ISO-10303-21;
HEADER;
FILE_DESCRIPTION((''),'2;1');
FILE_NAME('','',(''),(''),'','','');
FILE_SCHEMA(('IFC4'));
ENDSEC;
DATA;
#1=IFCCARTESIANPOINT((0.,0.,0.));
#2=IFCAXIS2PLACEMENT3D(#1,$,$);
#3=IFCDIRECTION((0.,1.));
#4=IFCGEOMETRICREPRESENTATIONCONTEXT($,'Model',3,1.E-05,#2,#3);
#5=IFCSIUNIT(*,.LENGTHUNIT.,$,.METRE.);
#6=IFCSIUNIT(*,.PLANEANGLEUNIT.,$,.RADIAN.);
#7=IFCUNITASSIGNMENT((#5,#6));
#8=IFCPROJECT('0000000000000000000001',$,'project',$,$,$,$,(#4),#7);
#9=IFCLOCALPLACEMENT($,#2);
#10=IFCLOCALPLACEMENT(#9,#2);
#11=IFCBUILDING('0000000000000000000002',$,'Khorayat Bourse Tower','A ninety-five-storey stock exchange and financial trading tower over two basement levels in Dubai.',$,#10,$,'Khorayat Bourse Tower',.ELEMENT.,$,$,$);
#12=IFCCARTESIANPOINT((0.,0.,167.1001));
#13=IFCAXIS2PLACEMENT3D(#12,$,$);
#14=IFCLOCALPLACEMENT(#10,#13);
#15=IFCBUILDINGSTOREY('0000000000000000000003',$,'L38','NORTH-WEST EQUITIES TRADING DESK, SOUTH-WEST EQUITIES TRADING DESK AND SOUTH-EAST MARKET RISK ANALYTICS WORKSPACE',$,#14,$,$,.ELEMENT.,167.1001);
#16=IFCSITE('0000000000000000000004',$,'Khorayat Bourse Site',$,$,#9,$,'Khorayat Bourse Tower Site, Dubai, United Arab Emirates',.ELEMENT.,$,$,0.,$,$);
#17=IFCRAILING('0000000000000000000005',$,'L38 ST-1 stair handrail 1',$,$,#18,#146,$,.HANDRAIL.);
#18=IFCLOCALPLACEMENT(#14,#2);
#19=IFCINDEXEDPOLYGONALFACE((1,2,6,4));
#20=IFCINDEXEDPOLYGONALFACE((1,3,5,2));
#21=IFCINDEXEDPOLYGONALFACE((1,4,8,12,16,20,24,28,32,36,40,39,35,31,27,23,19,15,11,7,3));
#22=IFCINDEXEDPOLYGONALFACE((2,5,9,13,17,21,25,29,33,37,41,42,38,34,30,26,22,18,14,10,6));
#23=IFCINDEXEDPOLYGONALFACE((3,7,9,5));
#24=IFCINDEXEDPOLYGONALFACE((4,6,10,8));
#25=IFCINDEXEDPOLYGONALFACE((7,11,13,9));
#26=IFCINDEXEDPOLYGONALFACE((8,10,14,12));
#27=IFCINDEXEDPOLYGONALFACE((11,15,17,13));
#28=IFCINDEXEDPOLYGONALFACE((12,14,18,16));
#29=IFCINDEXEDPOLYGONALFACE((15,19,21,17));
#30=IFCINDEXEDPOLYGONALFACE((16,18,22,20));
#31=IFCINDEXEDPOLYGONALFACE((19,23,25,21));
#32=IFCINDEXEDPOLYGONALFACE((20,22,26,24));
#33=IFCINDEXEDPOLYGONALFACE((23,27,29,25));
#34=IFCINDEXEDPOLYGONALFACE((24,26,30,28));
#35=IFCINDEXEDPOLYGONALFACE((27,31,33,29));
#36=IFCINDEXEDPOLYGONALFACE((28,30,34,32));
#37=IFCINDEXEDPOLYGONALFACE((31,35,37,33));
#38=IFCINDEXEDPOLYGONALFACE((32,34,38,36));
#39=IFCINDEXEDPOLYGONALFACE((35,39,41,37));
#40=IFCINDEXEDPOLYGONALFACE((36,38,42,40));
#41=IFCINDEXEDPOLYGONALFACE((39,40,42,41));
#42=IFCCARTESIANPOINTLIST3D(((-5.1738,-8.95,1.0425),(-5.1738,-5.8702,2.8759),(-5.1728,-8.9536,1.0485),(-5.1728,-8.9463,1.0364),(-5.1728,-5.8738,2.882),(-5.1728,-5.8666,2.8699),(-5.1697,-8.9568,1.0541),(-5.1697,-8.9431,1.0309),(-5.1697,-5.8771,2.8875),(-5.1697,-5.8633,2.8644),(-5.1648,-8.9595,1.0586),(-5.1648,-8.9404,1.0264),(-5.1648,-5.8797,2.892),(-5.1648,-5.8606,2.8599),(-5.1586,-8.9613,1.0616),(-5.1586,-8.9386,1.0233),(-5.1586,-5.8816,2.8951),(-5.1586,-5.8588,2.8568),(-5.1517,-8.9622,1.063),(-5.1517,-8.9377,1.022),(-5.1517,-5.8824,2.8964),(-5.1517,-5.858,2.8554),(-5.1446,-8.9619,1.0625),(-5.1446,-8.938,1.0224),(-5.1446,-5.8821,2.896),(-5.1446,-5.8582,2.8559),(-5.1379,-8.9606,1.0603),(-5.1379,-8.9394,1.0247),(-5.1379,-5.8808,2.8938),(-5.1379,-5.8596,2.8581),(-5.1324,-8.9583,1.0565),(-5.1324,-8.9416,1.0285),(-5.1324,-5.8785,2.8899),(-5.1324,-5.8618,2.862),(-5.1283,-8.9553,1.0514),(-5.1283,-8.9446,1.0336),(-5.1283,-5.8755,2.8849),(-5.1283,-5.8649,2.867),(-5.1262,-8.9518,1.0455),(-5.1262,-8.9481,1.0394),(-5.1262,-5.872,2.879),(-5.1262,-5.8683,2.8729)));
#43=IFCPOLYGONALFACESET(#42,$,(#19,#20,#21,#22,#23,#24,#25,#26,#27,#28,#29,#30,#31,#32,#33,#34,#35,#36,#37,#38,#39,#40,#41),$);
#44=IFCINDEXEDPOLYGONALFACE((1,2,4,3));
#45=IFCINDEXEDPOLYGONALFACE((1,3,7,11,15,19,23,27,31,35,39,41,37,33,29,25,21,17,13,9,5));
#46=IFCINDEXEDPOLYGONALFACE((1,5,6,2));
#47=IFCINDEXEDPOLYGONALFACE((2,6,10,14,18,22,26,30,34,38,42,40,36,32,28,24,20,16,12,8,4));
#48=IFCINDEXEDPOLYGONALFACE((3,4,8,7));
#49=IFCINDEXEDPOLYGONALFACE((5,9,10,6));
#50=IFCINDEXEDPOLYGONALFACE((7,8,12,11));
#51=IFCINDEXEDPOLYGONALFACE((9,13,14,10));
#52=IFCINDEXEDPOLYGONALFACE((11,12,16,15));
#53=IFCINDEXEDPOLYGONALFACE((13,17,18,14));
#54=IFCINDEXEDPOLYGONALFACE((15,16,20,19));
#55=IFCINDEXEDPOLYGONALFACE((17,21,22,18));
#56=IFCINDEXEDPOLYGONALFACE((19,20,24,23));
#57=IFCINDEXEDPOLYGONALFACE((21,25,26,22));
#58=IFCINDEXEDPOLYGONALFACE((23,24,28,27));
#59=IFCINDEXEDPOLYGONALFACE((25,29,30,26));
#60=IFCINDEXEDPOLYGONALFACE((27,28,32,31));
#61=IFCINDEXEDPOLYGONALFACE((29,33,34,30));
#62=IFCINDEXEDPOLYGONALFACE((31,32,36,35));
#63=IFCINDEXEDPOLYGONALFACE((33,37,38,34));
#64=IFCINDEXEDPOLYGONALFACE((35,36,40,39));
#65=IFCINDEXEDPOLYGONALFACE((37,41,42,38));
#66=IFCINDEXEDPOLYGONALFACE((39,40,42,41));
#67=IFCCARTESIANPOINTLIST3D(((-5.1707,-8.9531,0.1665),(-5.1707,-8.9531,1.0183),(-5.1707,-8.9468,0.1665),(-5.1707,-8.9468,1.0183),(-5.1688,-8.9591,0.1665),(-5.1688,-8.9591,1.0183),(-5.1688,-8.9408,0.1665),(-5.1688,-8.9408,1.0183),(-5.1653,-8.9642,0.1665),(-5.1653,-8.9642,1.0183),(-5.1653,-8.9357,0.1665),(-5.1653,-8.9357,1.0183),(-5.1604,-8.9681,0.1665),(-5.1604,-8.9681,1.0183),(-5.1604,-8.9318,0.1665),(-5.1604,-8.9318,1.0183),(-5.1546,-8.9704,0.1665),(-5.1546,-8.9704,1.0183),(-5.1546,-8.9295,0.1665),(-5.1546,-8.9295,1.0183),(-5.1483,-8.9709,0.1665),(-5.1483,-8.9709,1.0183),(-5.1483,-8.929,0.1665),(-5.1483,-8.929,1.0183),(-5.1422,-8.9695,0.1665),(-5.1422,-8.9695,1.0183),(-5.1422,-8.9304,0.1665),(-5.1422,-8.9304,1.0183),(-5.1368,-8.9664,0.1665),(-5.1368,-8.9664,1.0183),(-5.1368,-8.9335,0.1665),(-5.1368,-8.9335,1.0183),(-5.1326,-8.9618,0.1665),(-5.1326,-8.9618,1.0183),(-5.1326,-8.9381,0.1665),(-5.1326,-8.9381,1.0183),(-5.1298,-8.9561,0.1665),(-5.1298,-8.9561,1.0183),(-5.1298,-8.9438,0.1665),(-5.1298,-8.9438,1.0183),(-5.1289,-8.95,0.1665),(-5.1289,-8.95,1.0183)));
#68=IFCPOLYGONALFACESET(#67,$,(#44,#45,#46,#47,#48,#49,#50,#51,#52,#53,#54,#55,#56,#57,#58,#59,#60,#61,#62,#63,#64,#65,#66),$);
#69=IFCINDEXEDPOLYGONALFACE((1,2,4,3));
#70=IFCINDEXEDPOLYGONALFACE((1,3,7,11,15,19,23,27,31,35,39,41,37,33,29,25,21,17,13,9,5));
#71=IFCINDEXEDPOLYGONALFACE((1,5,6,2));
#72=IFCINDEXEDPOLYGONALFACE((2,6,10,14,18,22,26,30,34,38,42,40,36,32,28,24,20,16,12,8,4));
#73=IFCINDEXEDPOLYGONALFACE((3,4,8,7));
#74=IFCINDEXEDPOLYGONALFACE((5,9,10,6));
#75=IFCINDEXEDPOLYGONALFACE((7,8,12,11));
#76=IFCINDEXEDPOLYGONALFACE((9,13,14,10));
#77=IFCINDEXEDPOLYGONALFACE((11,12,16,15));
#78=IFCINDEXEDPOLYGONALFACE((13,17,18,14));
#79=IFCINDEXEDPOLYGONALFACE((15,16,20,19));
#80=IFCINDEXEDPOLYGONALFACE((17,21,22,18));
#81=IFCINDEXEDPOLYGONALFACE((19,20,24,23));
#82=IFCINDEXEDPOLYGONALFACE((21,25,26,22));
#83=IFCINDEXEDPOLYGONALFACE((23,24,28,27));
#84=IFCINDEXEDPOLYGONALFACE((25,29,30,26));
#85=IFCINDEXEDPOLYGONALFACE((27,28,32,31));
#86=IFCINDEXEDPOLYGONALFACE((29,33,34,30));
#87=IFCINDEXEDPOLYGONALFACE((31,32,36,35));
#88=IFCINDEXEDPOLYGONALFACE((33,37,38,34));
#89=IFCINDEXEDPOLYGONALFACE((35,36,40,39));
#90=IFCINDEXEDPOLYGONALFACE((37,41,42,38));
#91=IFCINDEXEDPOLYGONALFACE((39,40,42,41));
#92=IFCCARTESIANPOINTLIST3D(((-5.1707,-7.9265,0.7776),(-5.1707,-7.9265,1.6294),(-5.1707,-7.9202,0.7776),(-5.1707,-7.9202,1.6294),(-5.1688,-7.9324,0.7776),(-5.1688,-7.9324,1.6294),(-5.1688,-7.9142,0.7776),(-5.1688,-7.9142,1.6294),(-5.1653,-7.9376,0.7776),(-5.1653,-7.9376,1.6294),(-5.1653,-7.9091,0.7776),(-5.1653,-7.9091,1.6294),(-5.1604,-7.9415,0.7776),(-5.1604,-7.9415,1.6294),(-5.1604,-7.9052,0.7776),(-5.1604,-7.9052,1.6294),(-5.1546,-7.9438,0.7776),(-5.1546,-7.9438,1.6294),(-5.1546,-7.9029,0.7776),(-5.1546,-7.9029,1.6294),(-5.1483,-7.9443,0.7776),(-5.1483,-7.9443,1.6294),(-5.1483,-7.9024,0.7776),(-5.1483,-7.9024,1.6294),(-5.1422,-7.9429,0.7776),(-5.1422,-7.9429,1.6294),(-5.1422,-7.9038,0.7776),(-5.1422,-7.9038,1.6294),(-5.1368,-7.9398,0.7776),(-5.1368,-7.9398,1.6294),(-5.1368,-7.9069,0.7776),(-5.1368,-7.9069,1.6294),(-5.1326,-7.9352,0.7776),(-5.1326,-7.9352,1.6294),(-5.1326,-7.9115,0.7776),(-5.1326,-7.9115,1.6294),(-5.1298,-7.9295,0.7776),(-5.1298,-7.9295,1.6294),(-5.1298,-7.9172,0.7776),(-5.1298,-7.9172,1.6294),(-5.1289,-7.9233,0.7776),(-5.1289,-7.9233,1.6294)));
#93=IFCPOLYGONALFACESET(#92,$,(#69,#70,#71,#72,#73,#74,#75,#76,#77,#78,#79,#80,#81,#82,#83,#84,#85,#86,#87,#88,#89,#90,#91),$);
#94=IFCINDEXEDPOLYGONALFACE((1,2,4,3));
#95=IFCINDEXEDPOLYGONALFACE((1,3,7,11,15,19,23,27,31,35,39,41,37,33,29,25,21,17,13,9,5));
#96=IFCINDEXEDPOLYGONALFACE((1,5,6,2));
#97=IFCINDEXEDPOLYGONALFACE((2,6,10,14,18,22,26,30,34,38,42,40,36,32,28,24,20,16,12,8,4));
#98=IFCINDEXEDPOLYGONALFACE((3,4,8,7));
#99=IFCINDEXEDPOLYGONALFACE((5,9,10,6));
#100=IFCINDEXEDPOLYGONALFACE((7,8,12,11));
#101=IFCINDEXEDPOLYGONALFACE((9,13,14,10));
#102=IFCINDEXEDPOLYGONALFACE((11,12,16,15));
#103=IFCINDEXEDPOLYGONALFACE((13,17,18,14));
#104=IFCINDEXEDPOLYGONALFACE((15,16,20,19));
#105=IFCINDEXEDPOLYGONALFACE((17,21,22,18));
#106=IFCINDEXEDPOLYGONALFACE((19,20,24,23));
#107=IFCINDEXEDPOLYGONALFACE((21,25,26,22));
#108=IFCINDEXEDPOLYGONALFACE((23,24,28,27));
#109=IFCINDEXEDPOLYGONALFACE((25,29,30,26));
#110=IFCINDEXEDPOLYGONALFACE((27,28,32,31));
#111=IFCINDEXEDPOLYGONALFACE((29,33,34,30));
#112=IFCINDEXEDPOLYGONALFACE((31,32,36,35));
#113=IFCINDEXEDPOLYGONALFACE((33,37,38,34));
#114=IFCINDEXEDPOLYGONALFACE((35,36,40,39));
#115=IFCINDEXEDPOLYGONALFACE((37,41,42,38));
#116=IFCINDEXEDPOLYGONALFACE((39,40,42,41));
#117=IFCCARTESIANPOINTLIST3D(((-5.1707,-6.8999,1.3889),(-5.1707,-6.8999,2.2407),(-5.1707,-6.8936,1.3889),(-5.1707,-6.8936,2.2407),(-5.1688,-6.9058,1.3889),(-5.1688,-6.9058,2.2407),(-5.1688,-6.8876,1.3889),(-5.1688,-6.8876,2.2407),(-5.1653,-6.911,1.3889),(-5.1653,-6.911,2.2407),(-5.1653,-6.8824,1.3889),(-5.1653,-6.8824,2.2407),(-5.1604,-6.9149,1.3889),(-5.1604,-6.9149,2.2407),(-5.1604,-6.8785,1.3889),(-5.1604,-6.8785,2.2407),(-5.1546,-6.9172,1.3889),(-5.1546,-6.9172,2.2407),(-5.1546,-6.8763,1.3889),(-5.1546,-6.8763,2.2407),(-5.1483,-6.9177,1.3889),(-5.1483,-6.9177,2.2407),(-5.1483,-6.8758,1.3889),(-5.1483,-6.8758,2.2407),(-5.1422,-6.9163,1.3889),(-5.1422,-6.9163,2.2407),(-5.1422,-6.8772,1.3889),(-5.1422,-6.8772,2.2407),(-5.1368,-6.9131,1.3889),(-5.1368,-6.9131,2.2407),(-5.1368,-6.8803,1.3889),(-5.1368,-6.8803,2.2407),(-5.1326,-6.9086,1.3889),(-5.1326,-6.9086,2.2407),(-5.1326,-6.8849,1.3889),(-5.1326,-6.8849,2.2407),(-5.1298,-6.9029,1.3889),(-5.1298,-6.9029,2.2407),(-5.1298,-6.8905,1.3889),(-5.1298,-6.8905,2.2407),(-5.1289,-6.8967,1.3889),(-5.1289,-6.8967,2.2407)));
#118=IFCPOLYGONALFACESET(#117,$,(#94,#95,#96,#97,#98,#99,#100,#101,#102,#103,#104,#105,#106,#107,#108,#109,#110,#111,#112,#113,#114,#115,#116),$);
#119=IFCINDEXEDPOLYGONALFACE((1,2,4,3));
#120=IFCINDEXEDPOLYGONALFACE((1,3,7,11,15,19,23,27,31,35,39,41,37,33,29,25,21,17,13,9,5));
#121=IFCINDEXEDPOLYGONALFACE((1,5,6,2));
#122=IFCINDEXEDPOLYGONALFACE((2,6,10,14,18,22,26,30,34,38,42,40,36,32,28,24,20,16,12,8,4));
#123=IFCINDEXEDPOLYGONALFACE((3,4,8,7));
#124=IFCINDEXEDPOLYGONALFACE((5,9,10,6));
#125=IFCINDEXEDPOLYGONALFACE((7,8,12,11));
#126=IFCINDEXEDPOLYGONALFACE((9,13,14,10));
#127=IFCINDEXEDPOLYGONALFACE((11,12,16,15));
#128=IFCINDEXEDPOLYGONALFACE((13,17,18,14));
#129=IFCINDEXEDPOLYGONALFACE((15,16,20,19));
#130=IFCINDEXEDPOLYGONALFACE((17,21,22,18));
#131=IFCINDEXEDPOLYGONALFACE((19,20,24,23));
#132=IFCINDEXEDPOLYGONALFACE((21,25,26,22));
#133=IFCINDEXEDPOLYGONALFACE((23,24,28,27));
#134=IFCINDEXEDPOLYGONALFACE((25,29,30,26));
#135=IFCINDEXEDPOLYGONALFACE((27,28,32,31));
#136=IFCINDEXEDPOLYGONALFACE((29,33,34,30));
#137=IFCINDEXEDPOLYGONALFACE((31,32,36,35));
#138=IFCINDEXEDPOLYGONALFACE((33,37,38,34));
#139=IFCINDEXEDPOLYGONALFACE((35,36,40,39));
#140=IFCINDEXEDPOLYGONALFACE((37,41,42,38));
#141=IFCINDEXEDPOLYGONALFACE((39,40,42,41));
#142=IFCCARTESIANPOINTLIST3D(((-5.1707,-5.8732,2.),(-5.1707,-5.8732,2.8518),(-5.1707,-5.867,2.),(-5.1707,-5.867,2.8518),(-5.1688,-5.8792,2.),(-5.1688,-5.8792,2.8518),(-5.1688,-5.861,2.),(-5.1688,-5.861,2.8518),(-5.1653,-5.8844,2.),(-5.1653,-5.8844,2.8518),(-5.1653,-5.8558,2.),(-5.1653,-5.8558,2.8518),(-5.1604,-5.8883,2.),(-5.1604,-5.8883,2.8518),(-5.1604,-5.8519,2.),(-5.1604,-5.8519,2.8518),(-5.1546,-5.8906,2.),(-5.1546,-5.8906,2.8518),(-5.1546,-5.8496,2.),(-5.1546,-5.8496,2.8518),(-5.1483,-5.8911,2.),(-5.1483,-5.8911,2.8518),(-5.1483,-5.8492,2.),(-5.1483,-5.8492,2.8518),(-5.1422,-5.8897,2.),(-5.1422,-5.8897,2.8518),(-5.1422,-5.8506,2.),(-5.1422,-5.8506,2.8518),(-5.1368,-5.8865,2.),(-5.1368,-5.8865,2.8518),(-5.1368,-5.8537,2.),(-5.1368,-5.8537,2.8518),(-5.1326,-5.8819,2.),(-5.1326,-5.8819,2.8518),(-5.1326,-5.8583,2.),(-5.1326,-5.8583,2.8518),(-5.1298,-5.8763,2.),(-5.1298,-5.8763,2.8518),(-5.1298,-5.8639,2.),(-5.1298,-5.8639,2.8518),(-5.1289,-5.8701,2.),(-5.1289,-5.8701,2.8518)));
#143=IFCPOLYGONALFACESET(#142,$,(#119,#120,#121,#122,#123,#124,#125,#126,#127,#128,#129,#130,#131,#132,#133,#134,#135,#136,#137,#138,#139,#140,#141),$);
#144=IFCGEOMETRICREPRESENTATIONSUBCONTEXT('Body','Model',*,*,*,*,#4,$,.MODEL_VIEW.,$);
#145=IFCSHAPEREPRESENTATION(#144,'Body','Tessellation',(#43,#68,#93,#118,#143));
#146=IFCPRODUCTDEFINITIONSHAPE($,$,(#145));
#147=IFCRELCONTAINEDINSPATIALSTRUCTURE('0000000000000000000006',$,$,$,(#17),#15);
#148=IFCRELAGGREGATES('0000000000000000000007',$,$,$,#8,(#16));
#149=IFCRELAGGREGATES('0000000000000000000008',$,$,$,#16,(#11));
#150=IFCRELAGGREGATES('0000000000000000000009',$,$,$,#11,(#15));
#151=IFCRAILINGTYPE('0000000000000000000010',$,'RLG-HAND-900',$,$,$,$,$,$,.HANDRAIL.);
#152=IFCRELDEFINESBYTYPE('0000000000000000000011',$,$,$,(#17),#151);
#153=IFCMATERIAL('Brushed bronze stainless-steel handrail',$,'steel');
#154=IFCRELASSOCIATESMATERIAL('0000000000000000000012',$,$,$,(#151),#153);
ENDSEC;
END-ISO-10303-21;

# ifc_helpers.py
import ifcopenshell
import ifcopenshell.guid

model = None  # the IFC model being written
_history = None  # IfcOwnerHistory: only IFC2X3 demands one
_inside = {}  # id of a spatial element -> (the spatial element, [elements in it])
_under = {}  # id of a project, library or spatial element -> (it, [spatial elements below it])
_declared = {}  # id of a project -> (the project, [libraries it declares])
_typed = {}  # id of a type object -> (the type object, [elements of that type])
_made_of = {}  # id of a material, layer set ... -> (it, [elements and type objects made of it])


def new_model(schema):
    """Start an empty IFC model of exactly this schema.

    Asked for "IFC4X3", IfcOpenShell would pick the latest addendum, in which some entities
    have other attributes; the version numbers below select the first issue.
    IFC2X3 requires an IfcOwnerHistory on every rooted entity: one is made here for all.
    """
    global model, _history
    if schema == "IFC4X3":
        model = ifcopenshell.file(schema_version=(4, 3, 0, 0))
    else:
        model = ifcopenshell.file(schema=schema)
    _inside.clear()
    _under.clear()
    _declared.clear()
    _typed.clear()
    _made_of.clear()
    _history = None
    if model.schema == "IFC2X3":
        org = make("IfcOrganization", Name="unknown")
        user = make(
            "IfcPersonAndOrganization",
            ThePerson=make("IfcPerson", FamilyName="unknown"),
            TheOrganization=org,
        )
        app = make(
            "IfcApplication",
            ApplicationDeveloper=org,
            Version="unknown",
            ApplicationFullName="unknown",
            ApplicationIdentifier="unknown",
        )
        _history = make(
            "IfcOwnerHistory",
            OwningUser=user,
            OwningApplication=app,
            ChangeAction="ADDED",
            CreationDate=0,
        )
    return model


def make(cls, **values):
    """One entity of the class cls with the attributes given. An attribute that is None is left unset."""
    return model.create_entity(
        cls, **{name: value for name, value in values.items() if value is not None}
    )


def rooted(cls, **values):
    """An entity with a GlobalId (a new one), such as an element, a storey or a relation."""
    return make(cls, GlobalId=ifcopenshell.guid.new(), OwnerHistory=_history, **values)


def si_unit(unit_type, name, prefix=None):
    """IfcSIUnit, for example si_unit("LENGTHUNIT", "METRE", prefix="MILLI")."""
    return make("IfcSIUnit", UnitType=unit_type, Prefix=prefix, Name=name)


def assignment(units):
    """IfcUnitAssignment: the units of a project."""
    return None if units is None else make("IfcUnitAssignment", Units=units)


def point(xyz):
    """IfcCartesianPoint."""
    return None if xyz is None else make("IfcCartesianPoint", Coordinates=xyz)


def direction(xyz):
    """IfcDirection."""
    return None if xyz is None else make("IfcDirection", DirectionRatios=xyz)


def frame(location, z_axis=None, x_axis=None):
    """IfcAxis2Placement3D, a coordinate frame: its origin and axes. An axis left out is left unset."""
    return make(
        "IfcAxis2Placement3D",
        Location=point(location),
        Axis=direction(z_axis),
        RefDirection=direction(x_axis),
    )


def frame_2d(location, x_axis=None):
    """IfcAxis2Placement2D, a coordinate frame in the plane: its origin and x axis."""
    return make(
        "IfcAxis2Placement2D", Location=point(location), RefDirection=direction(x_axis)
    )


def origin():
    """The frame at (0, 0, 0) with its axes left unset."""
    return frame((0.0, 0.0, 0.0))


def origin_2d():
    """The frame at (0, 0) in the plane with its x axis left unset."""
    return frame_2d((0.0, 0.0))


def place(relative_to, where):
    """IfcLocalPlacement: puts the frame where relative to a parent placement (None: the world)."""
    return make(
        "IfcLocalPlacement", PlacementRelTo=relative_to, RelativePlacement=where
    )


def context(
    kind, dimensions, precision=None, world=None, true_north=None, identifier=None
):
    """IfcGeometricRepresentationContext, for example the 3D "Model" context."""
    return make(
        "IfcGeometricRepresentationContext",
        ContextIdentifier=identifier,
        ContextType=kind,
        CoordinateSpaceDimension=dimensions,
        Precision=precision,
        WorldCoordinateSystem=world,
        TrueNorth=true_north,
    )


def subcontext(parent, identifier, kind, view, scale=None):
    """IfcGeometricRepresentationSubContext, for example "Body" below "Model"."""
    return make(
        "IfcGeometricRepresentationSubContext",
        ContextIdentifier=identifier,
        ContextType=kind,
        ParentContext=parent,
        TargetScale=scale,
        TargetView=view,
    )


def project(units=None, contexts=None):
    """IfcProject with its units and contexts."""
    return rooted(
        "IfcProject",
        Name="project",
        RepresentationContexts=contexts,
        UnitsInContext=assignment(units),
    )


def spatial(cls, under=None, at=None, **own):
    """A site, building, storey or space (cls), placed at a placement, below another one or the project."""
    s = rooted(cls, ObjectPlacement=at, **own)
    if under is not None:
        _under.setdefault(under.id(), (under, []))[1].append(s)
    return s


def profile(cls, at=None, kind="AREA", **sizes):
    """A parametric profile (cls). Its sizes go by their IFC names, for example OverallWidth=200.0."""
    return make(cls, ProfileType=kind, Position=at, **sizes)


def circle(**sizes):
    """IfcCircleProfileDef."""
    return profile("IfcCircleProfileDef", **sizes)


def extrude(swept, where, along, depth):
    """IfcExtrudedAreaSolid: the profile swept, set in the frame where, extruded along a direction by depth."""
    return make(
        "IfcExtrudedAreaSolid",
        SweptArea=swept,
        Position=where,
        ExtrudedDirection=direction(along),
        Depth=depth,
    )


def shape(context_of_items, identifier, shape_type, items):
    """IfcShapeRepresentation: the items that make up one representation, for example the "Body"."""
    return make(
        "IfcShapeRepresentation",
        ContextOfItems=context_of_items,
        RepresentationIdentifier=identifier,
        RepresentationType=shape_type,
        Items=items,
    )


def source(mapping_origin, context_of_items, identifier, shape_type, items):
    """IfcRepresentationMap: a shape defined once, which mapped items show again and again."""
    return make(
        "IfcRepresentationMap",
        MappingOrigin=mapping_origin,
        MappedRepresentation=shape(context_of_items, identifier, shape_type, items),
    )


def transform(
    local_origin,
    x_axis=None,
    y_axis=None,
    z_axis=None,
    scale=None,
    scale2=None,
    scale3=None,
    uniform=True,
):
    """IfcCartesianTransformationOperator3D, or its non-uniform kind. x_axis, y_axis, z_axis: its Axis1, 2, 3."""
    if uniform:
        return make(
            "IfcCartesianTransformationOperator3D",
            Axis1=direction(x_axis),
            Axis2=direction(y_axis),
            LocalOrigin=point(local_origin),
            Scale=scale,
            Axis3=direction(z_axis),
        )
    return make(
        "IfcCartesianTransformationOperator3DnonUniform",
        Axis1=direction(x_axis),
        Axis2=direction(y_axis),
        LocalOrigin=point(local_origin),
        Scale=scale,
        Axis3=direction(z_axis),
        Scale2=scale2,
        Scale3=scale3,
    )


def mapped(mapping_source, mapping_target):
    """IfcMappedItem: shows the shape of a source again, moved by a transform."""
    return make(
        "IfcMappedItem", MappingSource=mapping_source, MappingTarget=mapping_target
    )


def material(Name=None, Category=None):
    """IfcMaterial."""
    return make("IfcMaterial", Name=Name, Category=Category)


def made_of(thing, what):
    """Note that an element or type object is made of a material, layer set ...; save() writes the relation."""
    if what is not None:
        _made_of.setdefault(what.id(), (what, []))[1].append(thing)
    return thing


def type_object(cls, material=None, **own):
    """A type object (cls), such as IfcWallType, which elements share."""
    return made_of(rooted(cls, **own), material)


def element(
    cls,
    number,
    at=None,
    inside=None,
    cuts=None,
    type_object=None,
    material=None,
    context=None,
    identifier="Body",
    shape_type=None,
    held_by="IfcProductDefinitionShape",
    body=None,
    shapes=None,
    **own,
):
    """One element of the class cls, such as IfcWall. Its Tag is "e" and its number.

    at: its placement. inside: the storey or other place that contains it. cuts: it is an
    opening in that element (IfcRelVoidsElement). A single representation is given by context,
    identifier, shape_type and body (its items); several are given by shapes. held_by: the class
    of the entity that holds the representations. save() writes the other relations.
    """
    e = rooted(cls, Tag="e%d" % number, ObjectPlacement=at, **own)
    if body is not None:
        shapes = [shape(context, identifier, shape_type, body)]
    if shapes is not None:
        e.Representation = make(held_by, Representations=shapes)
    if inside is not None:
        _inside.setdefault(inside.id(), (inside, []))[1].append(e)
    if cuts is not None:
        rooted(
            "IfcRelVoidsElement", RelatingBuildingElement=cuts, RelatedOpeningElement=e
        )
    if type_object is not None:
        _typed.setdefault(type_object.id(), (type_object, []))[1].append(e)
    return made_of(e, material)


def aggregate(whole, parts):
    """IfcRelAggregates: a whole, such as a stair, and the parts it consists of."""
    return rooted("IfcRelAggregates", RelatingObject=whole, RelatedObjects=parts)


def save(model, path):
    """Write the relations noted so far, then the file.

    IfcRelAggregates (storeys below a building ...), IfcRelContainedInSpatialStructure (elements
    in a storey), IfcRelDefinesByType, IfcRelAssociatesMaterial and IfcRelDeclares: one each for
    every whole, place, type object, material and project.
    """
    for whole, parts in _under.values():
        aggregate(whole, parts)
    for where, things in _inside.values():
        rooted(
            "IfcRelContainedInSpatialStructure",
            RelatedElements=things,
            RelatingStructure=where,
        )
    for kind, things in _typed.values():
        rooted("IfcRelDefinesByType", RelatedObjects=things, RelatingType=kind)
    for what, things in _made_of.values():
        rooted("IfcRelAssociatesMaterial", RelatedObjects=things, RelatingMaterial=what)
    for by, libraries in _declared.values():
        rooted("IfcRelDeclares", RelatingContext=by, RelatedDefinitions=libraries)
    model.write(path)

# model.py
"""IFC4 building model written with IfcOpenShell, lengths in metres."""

from ifc_helpers import new_model, si_unit, direction, frame, origin, origin_2d, place, context, subcontext, project, spatial, circle, extrude, source, transform, mapped, material, type_object, element, save


model = new_model("IFC4")

# Units and contexts
model_context = context("Model", 3, precision=1e-05, world=origin(), true_north=direction((0.0, 1.0)))
body_context = subcontext(model_context, "Body", "Model", "MODEL_VIEW")
ifc_project = project(units=[si_unit("LENGTHUNIT", "METRE"), si_unit("PLANEANGLEUNIT", "RADIAN")], contexts=[model_context])

# Site, building, storey
site_placement = place(None, origin())
site = spatial("IfcSite", under=ifc_project, at=site_placement, Name="Khorayat Bourse Site", LongName="Khorayat Bourse Tower Site, Dubai, United Arab Emirates", CompositionType="ELEMENT", RefElevation=0.0)
building_placement = place(site_placement, origin())
building = spatial("IfcBuilding", under=site, at=building_placement, Name="Khorayat Bourse Tower", Description="A ninety-five-storey stock exchange and financial trading tower over two basement levels in Dubai.", LongName="Khorayat Bourse Tower", CompositionType="ELEMENT")
storey_placement = place(building_placement, frame((0.0, 0.0, 167.1001)))
storey = spatial("IfcBuildingStorey", under=building, at=storey_placement, Name="L38", Description="NORTH-WEST EQUITIES TRADING DESK, SOUTH-WEST EQUITIES TRADING DESK AND SOUTH-EAST MARKET RISK ANALYTICS WORKSPACE", CompositionType="ELEMENT", Elevation=167.1001)

# Railing
ifc_material_1 = material(Name="Brushed bronze stainless-steel handrail", Category="steel")
railing_type_1 = type_object("IfcRailingType", Name="RLG-HAND-900", PredefinedType="HANDRAIL", material=ifc_material_1)
shared_shape_1 = source(origin(), body_context, "Body", "SweptSolid", [
    extrude(circle(Radius=0.0239, at=origin_2d()), frame((0.0, 0.0, 0.876), z_axis=(0.0, 0.859261, 0.511538), x_axis=(-1.0, 0.0, 0.0)), (0.0, 0.0, 1.0), 3.5842),
    extrude(circle(Radius=0.021, at=origin_2d()), origin(), (0.0, 0.0, 1.0), 0.8518),
    extrude(circle(Radius=0.021, at=origin_2d()), frame((0.0, 1.0266, 0.6111)), (0.0, 0.0, 1.0), 0.8518),
    extrude(circle(Radius=0.021, at=origin_2d()), frame((0.0, 2.0532, 1.2224)), (0.0, 0.0, 1.0), 0.8518),
    extrude(circle(Radius=0.021, at=origin_2d()), frame((0.0, 3.0798, 1.8335)), (0.0, 0.0, 1.0), 0.8518),
])
railing_1_placement = place(storey_placement, frame((-5.1499, -8.95, 0.1665)))
element("IfcRailing", 1, at=railing_1_placement, inside=storey, type_object=railing_type_1, Name="L38 ST-1 stair handrail 1", PredefinedType="HANDRAIL", context=body_context, shape_type="MappedRepresentation", body=[
    mapped(shared_shape_1, transform((0.0, 0.0, 0.0), scale=1.0)),
])

save(model, "model.ifc")
